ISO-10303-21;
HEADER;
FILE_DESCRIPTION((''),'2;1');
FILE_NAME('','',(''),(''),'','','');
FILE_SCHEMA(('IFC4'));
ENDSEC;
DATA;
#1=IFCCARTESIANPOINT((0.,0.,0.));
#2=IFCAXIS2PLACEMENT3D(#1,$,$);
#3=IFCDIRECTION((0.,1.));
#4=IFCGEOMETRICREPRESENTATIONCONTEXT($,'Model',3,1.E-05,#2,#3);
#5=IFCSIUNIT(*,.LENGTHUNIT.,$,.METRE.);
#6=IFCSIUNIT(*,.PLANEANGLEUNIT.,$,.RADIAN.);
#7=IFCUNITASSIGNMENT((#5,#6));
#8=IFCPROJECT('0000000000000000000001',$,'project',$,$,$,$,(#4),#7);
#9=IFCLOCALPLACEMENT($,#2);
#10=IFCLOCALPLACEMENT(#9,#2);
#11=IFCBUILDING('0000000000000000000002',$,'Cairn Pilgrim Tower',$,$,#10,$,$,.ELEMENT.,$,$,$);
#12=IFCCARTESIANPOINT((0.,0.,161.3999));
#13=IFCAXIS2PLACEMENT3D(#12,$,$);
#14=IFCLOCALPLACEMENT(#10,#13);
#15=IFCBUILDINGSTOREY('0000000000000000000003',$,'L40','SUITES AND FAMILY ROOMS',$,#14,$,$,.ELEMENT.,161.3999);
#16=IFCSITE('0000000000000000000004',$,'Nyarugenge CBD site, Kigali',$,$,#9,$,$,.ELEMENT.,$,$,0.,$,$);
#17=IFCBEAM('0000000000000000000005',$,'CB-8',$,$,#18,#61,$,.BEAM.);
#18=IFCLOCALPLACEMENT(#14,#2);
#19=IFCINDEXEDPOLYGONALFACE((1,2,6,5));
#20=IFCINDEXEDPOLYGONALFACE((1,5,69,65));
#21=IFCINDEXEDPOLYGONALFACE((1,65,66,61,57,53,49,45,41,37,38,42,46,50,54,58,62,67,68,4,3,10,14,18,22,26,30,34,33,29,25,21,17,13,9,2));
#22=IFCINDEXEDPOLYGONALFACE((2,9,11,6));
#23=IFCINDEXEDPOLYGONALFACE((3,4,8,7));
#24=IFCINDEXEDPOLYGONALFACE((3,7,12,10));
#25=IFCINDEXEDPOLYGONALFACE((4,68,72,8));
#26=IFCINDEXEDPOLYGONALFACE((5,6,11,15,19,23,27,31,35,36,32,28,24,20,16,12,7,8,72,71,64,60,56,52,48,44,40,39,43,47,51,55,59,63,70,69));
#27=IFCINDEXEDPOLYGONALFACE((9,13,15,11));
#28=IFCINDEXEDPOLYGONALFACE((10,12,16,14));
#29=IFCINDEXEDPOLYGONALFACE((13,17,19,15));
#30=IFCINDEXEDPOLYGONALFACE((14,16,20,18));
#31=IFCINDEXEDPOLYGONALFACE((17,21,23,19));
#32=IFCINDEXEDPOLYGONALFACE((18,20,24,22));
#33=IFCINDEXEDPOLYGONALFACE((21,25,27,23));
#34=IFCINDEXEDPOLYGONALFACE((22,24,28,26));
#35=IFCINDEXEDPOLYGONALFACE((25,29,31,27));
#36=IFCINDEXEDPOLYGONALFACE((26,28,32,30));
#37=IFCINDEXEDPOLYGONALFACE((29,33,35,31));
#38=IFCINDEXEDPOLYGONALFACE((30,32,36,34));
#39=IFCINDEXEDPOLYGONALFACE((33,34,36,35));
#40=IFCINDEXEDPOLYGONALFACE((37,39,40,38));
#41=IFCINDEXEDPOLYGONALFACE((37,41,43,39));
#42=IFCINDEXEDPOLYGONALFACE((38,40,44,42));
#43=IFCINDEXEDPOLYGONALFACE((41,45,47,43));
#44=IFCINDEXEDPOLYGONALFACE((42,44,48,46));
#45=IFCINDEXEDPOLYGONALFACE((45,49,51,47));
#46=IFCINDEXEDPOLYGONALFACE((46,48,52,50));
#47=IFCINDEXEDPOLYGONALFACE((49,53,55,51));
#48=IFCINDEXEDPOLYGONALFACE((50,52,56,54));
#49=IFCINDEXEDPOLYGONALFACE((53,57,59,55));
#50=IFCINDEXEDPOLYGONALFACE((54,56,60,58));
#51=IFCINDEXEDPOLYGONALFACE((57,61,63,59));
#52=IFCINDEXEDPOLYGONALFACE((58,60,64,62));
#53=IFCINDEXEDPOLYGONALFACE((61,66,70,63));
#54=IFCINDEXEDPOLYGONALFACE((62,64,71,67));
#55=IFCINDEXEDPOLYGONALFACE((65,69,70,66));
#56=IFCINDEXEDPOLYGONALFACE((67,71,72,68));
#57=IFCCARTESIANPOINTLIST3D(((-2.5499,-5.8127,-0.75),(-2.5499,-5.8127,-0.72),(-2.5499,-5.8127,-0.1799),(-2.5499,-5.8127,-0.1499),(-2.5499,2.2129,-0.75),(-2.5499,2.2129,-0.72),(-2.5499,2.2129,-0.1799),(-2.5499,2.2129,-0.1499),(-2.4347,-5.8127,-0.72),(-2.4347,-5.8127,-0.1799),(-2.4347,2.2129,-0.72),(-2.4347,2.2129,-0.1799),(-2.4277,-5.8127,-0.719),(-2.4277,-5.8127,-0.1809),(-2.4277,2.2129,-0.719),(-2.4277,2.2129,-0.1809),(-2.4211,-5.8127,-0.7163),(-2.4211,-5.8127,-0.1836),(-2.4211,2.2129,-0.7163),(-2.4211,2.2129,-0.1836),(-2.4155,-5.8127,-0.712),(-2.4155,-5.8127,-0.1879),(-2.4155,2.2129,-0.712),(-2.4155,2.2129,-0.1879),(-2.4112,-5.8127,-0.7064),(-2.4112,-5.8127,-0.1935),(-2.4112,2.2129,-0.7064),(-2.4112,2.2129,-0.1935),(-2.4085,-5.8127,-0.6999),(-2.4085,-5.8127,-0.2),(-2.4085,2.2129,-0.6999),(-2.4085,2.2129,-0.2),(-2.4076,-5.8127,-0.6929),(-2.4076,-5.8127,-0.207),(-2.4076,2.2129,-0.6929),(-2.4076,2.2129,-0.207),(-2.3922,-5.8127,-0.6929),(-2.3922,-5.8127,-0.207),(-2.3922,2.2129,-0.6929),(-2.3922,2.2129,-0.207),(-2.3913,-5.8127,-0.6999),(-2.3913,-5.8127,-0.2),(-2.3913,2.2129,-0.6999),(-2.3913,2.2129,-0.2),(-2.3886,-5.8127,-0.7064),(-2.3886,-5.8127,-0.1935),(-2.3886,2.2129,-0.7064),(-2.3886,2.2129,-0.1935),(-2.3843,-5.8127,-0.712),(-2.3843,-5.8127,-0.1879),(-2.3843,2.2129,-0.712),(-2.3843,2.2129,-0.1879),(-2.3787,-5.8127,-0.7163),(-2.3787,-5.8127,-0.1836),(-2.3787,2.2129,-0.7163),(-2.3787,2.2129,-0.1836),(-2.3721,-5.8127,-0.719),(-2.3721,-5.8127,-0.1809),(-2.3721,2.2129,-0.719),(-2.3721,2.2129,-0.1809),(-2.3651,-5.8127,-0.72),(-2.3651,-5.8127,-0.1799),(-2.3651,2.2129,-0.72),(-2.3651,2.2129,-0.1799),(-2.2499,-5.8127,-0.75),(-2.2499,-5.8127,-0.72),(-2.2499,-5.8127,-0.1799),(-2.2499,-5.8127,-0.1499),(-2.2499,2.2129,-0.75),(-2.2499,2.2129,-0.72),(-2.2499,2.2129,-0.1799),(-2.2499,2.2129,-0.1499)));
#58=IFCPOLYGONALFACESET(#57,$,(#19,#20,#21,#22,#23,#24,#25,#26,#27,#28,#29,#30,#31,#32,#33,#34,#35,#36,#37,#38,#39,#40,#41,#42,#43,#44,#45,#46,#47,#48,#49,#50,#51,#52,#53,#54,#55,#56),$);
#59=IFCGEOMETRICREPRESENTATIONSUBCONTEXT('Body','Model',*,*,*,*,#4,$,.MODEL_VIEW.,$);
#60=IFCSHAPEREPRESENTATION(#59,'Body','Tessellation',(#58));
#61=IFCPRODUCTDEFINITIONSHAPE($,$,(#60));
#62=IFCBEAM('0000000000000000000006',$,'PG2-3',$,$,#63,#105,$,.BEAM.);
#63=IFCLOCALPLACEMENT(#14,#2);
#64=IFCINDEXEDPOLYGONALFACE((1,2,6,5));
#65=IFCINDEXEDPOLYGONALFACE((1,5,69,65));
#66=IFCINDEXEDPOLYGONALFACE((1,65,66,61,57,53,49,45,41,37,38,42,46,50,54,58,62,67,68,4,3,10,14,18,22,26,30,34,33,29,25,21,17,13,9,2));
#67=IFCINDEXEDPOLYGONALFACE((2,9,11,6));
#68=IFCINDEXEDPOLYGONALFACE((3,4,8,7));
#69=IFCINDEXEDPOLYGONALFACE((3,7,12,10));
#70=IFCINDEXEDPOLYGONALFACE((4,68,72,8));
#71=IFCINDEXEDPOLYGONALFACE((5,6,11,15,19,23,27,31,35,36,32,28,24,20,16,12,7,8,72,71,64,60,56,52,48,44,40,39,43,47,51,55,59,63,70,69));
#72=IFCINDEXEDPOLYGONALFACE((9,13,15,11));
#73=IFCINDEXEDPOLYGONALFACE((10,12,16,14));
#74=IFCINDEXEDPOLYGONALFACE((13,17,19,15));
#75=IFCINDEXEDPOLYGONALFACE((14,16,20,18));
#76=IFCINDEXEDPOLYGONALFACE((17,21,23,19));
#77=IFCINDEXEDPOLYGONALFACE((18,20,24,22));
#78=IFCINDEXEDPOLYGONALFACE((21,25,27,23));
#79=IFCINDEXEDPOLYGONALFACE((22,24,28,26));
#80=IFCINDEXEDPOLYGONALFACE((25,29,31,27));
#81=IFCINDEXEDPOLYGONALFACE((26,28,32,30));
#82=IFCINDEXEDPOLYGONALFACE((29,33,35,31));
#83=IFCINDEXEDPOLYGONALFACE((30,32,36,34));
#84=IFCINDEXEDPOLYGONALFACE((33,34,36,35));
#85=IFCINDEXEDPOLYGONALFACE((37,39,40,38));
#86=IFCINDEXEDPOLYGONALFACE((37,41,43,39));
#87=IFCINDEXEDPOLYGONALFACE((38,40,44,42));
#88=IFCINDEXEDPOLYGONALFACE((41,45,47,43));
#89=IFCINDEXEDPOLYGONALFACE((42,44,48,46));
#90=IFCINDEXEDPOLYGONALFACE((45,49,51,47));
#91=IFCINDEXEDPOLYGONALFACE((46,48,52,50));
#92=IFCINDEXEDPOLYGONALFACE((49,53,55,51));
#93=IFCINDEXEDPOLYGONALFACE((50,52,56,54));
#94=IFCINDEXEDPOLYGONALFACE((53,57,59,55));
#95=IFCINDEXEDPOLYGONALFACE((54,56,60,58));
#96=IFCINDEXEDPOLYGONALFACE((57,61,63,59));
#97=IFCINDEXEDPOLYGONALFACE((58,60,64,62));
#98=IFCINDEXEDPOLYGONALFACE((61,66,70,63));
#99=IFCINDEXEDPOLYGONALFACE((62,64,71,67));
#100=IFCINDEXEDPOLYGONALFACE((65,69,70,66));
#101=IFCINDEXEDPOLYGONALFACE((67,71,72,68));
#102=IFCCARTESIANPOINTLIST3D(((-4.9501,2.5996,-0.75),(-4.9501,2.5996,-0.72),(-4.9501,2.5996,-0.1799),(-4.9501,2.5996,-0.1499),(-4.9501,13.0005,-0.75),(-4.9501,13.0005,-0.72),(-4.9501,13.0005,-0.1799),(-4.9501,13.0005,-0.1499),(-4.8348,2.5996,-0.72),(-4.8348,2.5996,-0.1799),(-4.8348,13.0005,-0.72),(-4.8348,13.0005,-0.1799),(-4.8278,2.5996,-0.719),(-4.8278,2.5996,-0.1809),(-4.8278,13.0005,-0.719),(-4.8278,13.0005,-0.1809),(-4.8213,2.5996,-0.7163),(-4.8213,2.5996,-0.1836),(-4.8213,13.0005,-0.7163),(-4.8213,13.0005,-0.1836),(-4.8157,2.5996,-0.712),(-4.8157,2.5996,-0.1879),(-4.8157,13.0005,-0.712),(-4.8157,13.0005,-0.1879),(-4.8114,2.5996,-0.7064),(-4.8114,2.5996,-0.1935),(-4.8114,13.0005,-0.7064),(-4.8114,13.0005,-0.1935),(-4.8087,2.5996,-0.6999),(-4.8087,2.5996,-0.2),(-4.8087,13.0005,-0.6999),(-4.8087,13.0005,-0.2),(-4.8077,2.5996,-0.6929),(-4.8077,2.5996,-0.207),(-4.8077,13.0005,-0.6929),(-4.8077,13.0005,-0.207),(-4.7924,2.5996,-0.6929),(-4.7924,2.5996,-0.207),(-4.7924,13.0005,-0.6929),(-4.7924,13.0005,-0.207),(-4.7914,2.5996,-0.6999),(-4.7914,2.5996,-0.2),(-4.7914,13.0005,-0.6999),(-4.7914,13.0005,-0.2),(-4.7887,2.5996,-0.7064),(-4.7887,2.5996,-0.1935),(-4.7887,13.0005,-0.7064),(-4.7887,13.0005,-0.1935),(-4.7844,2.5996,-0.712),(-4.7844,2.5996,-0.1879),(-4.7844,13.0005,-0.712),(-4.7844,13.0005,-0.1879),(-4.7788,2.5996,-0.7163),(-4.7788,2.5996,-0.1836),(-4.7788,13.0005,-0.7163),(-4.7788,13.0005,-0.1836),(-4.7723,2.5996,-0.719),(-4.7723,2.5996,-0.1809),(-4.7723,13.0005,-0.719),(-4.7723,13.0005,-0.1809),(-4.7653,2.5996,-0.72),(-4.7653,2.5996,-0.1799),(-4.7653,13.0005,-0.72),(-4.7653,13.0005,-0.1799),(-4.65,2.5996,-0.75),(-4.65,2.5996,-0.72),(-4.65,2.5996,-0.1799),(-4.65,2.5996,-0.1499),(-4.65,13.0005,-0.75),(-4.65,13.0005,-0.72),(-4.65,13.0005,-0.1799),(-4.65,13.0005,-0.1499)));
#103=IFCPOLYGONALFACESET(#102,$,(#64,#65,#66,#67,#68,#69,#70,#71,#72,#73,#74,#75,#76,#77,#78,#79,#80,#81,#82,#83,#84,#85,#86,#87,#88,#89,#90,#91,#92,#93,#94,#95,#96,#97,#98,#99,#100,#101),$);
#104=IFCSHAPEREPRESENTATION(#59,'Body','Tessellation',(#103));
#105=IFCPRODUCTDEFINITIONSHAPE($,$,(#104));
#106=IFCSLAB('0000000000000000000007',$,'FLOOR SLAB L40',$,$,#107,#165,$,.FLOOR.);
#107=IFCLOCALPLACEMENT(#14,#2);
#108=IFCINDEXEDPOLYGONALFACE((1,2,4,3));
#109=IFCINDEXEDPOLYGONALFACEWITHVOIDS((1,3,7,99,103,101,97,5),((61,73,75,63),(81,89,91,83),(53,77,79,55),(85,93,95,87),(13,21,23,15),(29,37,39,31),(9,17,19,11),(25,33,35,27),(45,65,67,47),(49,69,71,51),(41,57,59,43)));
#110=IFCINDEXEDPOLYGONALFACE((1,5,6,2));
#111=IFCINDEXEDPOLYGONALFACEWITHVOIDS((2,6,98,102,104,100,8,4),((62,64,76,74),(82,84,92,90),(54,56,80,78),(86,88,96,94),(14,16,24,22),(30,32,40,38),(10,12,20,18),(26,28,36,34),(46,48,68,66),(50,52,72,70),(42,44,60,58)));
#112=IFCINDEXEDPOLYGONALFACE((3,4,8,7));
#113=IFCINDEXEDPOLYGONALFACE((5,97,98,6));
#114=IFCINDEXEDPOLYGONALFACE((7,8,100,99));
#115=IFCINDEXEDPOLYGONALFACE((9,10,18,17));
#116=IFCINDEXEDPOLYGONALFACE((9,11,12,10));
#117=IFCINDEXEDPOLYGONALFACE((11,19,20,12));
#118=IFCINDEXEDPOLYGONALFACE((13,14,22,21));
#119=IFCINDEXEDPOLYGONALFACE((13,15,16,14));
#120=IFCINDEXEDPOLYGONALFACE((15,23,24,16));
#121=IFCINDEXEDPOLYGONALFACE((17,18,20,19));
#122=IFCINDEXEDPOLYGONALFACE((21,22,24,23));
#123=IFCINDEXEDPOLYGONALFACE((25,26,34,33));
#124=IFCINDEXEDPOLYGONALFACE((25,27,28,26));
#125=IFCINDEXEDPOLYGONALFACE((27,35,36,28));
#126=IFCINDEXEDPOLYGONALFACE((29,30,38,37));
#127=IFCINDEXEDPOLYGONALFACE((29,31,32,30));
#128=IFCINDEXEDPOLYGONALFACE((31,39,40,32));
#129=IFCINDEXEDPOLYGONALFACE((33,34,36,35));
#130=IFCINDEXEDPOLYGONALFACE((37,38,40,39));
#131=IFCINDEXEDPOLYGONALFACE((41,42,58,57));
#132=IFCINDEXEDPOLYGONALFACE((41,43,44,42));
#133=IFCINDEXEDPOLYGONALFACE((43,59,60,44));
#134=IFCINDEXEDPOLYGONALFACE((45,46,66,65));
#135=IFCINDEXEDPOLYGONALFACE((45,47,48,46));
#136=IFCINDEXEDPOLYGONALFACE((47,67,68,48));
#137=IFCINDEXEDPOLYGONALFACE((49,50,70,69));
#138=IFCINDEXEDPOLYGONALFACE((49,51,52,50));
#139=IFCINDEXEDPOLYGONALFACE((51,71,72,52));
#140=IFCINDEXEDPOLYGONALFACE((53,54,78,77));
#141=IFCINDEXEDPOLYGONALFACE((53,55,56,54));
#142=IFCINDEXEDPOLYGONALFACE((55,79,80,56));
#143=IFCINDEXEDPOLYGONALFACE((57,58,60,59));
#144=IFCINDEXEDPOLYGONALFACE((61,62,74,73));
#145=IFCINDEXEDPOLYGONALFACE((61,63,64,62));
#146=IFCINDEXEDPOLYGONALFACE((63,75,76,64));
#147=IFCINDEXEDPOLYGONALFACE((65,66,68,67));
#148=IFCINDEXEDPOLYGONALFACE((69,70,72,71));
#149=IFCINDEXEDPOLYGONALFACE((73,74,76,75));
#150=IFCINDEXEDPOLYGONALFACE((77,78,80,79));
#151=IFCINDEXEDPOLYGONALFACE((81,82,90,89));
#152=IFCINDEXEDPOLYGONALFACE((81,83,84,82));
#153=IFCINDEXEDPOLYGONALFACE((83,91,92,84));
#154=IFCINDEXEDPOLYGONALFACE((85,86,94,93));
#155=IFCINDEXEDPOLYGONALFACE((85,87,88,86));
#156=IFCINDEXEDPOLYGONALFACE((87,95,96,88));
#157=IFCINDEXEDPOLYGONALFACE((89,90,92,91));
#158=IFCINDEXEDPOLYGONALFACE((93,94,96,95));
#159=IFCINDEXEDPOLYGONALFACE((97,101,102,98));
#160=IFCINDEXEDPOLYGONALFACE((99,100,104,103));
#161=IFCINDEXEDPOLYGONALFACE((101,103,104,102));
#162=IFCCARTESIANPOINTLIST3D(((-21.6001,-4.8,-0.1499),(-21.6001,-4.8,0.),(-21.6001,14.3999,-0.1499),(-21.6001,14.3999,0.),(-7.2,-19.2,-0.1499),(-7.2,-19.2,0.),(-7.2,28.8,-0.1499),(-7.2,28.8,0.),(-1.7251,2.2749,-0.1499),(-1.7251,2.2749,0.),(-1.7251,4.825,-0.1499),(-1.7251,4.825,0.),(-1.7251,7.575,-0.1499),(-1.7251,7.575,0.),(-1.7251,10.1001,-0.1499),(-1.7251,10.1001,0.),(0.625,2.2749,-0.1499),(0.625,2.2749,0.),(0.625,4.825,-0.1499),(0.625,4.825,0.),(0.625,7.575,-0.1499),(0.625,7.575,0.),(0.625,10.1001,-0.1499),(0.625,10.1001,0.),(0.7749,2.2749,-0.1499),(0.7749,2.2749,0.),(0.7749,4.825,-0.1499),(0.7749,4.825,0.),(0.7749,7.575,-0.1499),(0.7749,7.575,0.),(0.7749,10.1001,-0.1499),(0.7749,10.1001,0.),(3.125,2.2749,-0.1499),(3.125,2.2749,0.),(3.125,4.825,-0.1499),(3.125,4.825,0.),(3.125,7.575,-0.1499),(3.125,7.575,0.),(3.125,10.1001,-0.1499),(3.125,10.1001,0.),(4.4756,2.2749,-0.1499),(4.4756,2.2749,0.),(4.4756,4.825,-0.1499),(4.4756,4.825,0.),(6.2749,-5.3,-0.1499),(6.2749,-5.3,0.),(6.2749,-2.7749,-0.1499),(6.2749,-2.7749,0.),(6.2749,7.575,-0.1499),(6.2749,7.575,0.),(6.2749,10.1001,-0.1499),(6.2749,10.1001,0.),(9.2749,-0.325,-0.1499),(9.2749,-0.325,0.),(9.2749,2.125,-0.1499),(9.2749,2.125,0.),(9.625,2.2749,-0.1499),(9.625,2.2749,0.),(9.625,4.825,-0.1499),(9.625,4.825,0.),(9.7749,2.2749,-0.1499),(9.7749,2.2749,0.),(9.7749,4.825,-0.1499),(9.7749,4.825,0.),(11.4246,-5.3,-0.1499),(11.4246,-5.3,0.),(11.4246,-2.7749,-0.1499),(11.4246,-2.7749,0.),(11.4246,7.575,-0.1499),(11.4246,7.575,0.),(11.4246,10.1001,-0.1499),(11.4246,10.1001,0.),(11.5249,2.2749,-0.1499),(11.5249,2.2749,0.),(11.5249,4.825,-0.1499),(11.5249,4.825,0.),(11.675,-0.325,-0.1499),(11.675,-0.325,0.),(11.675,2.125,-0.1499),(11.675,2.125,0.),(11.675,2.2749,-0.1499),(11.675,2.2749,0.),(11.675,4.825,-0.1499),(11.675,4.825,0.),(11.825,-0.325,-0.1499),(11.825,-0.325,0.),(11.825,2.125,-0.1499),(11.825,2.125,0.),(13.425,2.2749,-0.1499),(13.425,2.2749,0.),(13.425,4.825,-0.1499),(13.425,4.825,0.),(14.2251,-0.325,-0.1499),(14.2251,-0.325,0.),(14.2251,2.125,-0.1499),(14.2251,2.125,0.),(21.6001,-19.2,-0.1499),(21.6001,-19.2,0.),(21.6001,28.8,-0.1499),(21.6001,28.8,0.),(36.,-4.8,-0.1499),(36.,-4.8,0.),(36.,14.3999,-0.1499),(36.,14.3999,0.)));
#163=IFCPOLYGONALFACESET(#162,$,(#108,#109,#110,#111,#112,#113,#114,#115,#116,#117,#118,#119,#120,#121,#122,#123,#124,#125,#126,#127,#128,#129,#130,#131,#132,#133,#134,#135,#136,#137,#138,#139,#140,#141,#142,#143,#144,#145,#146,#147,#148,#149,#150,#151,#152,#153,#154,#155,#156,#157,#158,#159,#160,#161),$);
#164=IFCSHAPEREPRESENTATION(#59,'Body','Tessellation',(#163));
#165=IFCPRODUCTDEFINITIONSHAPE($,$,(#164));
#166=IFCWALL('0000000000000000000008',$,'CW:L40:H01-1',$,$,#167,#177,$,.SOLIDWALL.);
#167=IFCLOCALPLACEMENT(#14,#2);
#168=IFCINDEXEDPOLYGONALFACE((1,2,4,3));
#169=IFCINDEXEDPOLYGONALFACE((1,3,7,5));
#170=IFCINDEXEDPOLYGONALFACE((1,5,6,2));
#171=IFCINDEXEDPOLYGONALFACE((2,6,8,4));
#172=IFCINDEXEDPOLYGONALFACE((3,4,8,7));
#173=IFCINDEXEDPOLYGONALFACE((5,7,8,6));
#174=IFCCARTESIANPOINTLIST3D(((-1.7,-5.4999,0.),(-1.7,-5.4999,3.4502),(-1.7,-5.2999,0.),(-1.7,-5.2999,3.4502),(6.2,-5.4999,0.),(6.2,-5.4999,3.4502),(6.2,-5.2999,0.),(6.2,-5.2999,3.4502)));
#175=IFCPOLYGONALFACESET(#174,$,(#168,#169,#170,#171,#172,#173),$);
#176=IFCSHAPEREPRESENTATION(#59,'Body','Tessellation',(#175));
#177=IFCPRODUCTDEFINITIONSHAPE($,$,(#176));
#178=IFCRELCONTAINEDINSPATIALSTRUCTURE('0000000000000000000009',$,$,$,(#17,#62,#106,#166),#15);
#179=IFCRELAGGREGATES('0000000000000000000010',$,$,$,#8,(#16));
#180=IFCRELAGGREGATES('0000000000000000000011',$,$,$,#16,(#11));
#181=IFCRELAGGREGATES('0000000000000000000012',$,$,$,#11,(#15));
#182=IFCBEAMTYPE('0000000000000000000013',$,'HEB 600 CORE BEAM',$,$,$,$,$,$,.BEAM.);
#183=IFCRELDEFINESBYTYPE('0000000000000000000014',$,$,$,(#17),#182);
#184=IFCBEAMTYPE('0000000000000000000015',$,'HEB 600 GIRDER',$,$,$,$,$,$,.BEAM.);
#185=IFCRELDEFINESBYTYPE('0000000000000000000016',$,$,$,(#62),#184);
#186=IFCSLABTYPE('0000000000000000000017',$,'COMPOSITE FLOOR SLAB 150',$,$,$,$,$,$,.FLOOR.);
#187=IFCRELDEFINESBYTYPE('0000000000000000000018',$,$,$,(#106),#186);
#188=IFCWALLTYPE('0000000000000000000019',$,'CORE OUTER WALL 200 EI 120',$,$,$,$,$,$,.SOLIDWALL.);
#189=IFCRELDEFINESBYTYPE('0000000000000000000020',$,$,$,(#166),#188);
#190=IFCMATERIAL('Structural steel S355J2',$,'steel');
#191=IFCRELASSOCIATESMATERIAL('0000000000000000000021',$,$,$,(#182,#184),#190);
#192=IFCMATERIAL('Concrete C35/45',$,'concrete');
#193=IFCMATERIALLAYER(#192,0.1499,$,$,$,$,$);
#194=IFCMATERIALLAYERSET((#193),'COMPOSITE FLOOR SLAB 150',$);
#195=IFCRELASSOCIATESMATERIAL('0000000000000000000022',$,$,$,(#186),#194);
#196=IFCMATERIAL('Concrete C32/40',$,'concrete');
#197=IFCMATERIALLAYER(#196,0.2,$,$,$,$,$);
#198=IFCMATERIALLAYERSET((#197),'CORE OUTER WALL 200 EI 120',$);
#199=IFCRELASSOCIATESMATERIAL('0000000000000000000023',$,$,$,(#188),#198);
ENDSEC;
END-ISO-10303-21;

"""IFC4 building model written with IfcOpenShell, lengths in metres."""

from ifc_helpers import new_model, si_unit, direction, frame, frame_2d, origin, origin_2d, place, context, subcontext, project, spatial, polyline, rectangle, i_section, outline, extrude, material, layer, layer_set, material_profile, profile_set, type_object, element, save


model = new_model("IFC4")

# Units and contexts
model_context = context("Model", 3, precision=1e-05, world=origin(), true_north=direction((0.0, 1.0)))
body_context = subcontext(model_context, "Body", "Model", "MODEL_VIEW")
ifc_project = project(units=[si_unit("LENGTHUNIT", "METRE"), si_unit("PLANEANGLEUNIT", "RADIAN")], contexts=[model_context])

# Site, building, storey
site_placement = place(None, origin())
site = spatial("IfcSite", under=ifc_project, at=site_placement, Name="Nyarugenge CBD site, Kigali", CompositionType="ELEMENT", RefElevation=0.0)
building_placement = place(site_placement, origin())
building = spatial("IfcBuilding", under=site, at=building_placement, Name="Cairn Pilgrim Tower", CompositionType="ELEMENT")
storey_placement = place(building_placement, frame((0.0, 0.0, 161.3999)))
storey = spatial("IfcBuildingStorey", under=building, at=storey_placement, Name="L40", Description="SUITES AND FAMILY ROOMS", CompositionType="ELEMENT", Elevation=161.3999)

# Shared definitions
ifc_material_1 = material(Name="Structural steel S355J2", Category="steel")

# Beams
ifc_material_profile_1 = material_profile(ifc_material_1, i_section(OverallWidth=0.3, OverallDepth=0.6001, WebThickness=0.0154, FlangeThickness=0.03, FilletRadius=0.0271, at=origin_2d()), Name="HEB 600")
ifc_profile_set_1 = profile_set([ifc_material_profile_1], Name="Structural steel S355J2")
beam_type_1 = type_object("IfcBeamType", Name="HEB 600 CORE BEAM", PredefinedType="BEAM", material=ifc_profile_set_1)
beam_1_placement = place(storey_placement, frame((-2.3999, 2.2129, -0.45), z_axis=(0.0, -1.0, 0.0), x_axis=(1.0, 0.0, 0.0)))
element("IfcBeam", 1, at=beam_1_placement, inside=storey, type_object=beam_type_1, Name="CB-8", PredefinedType="BEAM", context=body_context, shape_type="SweptSolid", body=[
    extrude(i_section(OverallWidth=0.3, OverallDepth=0.6001, WebThickness=0.0154, FlangeThickness=0.03, FilletRadius=0.0271, at=origin_2d()), origin(), (0.0, 0.0, 1.0), 8.0256),
])
ifc_material_profile_2 = material_profile(ifc_material_1, i_section(OverallWidth=0.3, OverallDepth=0.6001, WebThickness=0.0154, FlangeThickness=0.03, FilletRadius=0.0271, at=origin_2d()), Name="HEB 600")
ifc_profile_set_2 = profile_set([ifc_material_profile_2], Name="Structural steel S355J2")
beam_type_2 = type_object("IfcBeamType", Name="HEB 600 GIRDER", PredefinedType="BEAM", material=ifc_profile_set_2)
beam_2_placement = place(storey_placement, frame((-4.8, 2.5996, -0.45), z_axis=(0.0, 1.0, 0.0), x_axis=(-1.0, 0.0, 0.0)))
element("IfcBeam", 2, at=beam_2_placement, inside=storey, type_object=beam_type_2, Name="PG2-3", PredefinedType="BEAM", context=body_context, shape_type="SweptSolid", body=[
    extrude(i_section(OverallWidth=0.3, OverallDepth=0.6001, WebThickness=0.0154, FlangeThickness=0.03, FilletRadius=0.0271, at=origin_2d()), origin(), (0.0, 0.0, 1.0), 10.4009),
])

# Slab
ifc_material_2 = material(Name="Concrete C35/45", Category="concrete")
ifc_layer_1 = layer(ifc_material_2, 0.1499)
ifc_layer_set_1 = layer_set([ifc_layer_1], Name="COMPOSITE FLOOR SLAB 150")
slab_type_1 = type_object("IfcSlabType", Name="COMPOSITE FLOOR SLAB 150", PredefinedType="FLOOR", material=ifc_layer_set_1)
slab_1_placement = place(storey_placement, frame((0.0, 0.0, -0.1499)))
element("IfcSlab", 3, at=slab_1_placement, inside=storey, type_object=slab_type_1, Name="FLOOR SLAB L40", PredefinedType="FLOOR", context=body_context, shape_type="SweptSolid", body=[
    extrude(outline(polyline([(-7.2, -19.2), (21.6001, -19.2), (36.0, -4.8), (36.0, 14.3999), (21.6001, 28.8), (-7.2, 28.8), (-21.6001, 14.3999), (-21.6001, -4.8), (-7.2, -19.2)]), holes=[polyline([(9.2749, -0.325), (11.675, -0.325), (11.675, 2.125), (9.2749, 2.125), (9.2749, -0.325)]), polyline([(11.825, -0.325), (14.2251, -0.325), (14.2251, 2.125), (11.825, 2.125), (11.825, -0.325)]), polyline([(-1.7251, 2.2749), (0.625, 2.2749), (0.625, 4.825), (-1.7251, 4.825), (-1.7251, 2.2749)]), polyline([(0.7749, 2.2749), (3.125, 2.2749), (3.125, 4.825), (0.7749, 4.825), (0.7749, 2.2749)]), polyline([(-1.7251, 7.575), (0.625, 7.575), (0.625, 10.1001), (-1.7251, 10.1001), (-1.7251, 7.575)]), polyline([(0.7749, 7.575), (3.125, 7.575), (3.125, 10.1001), (0.7749, 10.1001), (0.7749, 7.575)]), polyline([(9.7749, 2.2749), (11.5249, 2.2749), (11.5249, 4.825), (9.7749, 4.825), (9.7749, 2.2749)]), polyline([(11.675, 2.2749), (13.425, 2.2749), (13.425, 4.825), (11.675, 4.825), (11.675, 2.2749)]), polyline([(11.4246, -2.7749), (6.2749, -2.7749), (6.2749, -5.3), (11.4246, -5.3), (11.4246, -2.7749)]), polyline([(4.4756, 2.2749), (9.625, 2.2749), (9.625, 4.825), (4.4756, 4.825), (4.4756, 2.2749)]), polyline([(11.4246, 10.1001), (6.2749, 10.1001), (6.2749, 7.575), (11.4246, 7.575), (11.4246, 10.1001)])]), origin(), (0.0, 0.0, 1.0), 0.1499),
])

# Wall
ifc_material_3 = material(Name="Concrete C32/40", Category="concrete")
ifc_layer_2 = layer(ifc_material_3, 0.2)
ifc_layer_set_2 = layer_set([ifc_layer_2], Name="CORE OUTER WALL 200 EI 120")
wall_type_1 = type_object("IfcWallType", Name="CORE OUTER WALL 200 EI 120", PredefinedType="SOLIDWALL", material=ifc_layer_set_2)
wall_1_placement = place(storey_placement, frame((-1.7, -5.3999, 0.0), z_axis=(0.0, 0.0, 1.0), x_axis=(1.0, 0.0, 0.0)))
element("IfcWall", 4, at=wall_1_placement, inside=storey, type_object=wall_type_1, Name="CW:L40:H01-1", PredefinedType="SOLIDWALL", context=body_context, shape_type="SweptSolid", body=[
    extrude(rectangle(XDim=7.8999, YDim=0.2, at=frame_2d((3.95, 0.0))), origin(), (0.0, 0.0, 1.0), 3.4502),
])

save(model, "model.ifc")
